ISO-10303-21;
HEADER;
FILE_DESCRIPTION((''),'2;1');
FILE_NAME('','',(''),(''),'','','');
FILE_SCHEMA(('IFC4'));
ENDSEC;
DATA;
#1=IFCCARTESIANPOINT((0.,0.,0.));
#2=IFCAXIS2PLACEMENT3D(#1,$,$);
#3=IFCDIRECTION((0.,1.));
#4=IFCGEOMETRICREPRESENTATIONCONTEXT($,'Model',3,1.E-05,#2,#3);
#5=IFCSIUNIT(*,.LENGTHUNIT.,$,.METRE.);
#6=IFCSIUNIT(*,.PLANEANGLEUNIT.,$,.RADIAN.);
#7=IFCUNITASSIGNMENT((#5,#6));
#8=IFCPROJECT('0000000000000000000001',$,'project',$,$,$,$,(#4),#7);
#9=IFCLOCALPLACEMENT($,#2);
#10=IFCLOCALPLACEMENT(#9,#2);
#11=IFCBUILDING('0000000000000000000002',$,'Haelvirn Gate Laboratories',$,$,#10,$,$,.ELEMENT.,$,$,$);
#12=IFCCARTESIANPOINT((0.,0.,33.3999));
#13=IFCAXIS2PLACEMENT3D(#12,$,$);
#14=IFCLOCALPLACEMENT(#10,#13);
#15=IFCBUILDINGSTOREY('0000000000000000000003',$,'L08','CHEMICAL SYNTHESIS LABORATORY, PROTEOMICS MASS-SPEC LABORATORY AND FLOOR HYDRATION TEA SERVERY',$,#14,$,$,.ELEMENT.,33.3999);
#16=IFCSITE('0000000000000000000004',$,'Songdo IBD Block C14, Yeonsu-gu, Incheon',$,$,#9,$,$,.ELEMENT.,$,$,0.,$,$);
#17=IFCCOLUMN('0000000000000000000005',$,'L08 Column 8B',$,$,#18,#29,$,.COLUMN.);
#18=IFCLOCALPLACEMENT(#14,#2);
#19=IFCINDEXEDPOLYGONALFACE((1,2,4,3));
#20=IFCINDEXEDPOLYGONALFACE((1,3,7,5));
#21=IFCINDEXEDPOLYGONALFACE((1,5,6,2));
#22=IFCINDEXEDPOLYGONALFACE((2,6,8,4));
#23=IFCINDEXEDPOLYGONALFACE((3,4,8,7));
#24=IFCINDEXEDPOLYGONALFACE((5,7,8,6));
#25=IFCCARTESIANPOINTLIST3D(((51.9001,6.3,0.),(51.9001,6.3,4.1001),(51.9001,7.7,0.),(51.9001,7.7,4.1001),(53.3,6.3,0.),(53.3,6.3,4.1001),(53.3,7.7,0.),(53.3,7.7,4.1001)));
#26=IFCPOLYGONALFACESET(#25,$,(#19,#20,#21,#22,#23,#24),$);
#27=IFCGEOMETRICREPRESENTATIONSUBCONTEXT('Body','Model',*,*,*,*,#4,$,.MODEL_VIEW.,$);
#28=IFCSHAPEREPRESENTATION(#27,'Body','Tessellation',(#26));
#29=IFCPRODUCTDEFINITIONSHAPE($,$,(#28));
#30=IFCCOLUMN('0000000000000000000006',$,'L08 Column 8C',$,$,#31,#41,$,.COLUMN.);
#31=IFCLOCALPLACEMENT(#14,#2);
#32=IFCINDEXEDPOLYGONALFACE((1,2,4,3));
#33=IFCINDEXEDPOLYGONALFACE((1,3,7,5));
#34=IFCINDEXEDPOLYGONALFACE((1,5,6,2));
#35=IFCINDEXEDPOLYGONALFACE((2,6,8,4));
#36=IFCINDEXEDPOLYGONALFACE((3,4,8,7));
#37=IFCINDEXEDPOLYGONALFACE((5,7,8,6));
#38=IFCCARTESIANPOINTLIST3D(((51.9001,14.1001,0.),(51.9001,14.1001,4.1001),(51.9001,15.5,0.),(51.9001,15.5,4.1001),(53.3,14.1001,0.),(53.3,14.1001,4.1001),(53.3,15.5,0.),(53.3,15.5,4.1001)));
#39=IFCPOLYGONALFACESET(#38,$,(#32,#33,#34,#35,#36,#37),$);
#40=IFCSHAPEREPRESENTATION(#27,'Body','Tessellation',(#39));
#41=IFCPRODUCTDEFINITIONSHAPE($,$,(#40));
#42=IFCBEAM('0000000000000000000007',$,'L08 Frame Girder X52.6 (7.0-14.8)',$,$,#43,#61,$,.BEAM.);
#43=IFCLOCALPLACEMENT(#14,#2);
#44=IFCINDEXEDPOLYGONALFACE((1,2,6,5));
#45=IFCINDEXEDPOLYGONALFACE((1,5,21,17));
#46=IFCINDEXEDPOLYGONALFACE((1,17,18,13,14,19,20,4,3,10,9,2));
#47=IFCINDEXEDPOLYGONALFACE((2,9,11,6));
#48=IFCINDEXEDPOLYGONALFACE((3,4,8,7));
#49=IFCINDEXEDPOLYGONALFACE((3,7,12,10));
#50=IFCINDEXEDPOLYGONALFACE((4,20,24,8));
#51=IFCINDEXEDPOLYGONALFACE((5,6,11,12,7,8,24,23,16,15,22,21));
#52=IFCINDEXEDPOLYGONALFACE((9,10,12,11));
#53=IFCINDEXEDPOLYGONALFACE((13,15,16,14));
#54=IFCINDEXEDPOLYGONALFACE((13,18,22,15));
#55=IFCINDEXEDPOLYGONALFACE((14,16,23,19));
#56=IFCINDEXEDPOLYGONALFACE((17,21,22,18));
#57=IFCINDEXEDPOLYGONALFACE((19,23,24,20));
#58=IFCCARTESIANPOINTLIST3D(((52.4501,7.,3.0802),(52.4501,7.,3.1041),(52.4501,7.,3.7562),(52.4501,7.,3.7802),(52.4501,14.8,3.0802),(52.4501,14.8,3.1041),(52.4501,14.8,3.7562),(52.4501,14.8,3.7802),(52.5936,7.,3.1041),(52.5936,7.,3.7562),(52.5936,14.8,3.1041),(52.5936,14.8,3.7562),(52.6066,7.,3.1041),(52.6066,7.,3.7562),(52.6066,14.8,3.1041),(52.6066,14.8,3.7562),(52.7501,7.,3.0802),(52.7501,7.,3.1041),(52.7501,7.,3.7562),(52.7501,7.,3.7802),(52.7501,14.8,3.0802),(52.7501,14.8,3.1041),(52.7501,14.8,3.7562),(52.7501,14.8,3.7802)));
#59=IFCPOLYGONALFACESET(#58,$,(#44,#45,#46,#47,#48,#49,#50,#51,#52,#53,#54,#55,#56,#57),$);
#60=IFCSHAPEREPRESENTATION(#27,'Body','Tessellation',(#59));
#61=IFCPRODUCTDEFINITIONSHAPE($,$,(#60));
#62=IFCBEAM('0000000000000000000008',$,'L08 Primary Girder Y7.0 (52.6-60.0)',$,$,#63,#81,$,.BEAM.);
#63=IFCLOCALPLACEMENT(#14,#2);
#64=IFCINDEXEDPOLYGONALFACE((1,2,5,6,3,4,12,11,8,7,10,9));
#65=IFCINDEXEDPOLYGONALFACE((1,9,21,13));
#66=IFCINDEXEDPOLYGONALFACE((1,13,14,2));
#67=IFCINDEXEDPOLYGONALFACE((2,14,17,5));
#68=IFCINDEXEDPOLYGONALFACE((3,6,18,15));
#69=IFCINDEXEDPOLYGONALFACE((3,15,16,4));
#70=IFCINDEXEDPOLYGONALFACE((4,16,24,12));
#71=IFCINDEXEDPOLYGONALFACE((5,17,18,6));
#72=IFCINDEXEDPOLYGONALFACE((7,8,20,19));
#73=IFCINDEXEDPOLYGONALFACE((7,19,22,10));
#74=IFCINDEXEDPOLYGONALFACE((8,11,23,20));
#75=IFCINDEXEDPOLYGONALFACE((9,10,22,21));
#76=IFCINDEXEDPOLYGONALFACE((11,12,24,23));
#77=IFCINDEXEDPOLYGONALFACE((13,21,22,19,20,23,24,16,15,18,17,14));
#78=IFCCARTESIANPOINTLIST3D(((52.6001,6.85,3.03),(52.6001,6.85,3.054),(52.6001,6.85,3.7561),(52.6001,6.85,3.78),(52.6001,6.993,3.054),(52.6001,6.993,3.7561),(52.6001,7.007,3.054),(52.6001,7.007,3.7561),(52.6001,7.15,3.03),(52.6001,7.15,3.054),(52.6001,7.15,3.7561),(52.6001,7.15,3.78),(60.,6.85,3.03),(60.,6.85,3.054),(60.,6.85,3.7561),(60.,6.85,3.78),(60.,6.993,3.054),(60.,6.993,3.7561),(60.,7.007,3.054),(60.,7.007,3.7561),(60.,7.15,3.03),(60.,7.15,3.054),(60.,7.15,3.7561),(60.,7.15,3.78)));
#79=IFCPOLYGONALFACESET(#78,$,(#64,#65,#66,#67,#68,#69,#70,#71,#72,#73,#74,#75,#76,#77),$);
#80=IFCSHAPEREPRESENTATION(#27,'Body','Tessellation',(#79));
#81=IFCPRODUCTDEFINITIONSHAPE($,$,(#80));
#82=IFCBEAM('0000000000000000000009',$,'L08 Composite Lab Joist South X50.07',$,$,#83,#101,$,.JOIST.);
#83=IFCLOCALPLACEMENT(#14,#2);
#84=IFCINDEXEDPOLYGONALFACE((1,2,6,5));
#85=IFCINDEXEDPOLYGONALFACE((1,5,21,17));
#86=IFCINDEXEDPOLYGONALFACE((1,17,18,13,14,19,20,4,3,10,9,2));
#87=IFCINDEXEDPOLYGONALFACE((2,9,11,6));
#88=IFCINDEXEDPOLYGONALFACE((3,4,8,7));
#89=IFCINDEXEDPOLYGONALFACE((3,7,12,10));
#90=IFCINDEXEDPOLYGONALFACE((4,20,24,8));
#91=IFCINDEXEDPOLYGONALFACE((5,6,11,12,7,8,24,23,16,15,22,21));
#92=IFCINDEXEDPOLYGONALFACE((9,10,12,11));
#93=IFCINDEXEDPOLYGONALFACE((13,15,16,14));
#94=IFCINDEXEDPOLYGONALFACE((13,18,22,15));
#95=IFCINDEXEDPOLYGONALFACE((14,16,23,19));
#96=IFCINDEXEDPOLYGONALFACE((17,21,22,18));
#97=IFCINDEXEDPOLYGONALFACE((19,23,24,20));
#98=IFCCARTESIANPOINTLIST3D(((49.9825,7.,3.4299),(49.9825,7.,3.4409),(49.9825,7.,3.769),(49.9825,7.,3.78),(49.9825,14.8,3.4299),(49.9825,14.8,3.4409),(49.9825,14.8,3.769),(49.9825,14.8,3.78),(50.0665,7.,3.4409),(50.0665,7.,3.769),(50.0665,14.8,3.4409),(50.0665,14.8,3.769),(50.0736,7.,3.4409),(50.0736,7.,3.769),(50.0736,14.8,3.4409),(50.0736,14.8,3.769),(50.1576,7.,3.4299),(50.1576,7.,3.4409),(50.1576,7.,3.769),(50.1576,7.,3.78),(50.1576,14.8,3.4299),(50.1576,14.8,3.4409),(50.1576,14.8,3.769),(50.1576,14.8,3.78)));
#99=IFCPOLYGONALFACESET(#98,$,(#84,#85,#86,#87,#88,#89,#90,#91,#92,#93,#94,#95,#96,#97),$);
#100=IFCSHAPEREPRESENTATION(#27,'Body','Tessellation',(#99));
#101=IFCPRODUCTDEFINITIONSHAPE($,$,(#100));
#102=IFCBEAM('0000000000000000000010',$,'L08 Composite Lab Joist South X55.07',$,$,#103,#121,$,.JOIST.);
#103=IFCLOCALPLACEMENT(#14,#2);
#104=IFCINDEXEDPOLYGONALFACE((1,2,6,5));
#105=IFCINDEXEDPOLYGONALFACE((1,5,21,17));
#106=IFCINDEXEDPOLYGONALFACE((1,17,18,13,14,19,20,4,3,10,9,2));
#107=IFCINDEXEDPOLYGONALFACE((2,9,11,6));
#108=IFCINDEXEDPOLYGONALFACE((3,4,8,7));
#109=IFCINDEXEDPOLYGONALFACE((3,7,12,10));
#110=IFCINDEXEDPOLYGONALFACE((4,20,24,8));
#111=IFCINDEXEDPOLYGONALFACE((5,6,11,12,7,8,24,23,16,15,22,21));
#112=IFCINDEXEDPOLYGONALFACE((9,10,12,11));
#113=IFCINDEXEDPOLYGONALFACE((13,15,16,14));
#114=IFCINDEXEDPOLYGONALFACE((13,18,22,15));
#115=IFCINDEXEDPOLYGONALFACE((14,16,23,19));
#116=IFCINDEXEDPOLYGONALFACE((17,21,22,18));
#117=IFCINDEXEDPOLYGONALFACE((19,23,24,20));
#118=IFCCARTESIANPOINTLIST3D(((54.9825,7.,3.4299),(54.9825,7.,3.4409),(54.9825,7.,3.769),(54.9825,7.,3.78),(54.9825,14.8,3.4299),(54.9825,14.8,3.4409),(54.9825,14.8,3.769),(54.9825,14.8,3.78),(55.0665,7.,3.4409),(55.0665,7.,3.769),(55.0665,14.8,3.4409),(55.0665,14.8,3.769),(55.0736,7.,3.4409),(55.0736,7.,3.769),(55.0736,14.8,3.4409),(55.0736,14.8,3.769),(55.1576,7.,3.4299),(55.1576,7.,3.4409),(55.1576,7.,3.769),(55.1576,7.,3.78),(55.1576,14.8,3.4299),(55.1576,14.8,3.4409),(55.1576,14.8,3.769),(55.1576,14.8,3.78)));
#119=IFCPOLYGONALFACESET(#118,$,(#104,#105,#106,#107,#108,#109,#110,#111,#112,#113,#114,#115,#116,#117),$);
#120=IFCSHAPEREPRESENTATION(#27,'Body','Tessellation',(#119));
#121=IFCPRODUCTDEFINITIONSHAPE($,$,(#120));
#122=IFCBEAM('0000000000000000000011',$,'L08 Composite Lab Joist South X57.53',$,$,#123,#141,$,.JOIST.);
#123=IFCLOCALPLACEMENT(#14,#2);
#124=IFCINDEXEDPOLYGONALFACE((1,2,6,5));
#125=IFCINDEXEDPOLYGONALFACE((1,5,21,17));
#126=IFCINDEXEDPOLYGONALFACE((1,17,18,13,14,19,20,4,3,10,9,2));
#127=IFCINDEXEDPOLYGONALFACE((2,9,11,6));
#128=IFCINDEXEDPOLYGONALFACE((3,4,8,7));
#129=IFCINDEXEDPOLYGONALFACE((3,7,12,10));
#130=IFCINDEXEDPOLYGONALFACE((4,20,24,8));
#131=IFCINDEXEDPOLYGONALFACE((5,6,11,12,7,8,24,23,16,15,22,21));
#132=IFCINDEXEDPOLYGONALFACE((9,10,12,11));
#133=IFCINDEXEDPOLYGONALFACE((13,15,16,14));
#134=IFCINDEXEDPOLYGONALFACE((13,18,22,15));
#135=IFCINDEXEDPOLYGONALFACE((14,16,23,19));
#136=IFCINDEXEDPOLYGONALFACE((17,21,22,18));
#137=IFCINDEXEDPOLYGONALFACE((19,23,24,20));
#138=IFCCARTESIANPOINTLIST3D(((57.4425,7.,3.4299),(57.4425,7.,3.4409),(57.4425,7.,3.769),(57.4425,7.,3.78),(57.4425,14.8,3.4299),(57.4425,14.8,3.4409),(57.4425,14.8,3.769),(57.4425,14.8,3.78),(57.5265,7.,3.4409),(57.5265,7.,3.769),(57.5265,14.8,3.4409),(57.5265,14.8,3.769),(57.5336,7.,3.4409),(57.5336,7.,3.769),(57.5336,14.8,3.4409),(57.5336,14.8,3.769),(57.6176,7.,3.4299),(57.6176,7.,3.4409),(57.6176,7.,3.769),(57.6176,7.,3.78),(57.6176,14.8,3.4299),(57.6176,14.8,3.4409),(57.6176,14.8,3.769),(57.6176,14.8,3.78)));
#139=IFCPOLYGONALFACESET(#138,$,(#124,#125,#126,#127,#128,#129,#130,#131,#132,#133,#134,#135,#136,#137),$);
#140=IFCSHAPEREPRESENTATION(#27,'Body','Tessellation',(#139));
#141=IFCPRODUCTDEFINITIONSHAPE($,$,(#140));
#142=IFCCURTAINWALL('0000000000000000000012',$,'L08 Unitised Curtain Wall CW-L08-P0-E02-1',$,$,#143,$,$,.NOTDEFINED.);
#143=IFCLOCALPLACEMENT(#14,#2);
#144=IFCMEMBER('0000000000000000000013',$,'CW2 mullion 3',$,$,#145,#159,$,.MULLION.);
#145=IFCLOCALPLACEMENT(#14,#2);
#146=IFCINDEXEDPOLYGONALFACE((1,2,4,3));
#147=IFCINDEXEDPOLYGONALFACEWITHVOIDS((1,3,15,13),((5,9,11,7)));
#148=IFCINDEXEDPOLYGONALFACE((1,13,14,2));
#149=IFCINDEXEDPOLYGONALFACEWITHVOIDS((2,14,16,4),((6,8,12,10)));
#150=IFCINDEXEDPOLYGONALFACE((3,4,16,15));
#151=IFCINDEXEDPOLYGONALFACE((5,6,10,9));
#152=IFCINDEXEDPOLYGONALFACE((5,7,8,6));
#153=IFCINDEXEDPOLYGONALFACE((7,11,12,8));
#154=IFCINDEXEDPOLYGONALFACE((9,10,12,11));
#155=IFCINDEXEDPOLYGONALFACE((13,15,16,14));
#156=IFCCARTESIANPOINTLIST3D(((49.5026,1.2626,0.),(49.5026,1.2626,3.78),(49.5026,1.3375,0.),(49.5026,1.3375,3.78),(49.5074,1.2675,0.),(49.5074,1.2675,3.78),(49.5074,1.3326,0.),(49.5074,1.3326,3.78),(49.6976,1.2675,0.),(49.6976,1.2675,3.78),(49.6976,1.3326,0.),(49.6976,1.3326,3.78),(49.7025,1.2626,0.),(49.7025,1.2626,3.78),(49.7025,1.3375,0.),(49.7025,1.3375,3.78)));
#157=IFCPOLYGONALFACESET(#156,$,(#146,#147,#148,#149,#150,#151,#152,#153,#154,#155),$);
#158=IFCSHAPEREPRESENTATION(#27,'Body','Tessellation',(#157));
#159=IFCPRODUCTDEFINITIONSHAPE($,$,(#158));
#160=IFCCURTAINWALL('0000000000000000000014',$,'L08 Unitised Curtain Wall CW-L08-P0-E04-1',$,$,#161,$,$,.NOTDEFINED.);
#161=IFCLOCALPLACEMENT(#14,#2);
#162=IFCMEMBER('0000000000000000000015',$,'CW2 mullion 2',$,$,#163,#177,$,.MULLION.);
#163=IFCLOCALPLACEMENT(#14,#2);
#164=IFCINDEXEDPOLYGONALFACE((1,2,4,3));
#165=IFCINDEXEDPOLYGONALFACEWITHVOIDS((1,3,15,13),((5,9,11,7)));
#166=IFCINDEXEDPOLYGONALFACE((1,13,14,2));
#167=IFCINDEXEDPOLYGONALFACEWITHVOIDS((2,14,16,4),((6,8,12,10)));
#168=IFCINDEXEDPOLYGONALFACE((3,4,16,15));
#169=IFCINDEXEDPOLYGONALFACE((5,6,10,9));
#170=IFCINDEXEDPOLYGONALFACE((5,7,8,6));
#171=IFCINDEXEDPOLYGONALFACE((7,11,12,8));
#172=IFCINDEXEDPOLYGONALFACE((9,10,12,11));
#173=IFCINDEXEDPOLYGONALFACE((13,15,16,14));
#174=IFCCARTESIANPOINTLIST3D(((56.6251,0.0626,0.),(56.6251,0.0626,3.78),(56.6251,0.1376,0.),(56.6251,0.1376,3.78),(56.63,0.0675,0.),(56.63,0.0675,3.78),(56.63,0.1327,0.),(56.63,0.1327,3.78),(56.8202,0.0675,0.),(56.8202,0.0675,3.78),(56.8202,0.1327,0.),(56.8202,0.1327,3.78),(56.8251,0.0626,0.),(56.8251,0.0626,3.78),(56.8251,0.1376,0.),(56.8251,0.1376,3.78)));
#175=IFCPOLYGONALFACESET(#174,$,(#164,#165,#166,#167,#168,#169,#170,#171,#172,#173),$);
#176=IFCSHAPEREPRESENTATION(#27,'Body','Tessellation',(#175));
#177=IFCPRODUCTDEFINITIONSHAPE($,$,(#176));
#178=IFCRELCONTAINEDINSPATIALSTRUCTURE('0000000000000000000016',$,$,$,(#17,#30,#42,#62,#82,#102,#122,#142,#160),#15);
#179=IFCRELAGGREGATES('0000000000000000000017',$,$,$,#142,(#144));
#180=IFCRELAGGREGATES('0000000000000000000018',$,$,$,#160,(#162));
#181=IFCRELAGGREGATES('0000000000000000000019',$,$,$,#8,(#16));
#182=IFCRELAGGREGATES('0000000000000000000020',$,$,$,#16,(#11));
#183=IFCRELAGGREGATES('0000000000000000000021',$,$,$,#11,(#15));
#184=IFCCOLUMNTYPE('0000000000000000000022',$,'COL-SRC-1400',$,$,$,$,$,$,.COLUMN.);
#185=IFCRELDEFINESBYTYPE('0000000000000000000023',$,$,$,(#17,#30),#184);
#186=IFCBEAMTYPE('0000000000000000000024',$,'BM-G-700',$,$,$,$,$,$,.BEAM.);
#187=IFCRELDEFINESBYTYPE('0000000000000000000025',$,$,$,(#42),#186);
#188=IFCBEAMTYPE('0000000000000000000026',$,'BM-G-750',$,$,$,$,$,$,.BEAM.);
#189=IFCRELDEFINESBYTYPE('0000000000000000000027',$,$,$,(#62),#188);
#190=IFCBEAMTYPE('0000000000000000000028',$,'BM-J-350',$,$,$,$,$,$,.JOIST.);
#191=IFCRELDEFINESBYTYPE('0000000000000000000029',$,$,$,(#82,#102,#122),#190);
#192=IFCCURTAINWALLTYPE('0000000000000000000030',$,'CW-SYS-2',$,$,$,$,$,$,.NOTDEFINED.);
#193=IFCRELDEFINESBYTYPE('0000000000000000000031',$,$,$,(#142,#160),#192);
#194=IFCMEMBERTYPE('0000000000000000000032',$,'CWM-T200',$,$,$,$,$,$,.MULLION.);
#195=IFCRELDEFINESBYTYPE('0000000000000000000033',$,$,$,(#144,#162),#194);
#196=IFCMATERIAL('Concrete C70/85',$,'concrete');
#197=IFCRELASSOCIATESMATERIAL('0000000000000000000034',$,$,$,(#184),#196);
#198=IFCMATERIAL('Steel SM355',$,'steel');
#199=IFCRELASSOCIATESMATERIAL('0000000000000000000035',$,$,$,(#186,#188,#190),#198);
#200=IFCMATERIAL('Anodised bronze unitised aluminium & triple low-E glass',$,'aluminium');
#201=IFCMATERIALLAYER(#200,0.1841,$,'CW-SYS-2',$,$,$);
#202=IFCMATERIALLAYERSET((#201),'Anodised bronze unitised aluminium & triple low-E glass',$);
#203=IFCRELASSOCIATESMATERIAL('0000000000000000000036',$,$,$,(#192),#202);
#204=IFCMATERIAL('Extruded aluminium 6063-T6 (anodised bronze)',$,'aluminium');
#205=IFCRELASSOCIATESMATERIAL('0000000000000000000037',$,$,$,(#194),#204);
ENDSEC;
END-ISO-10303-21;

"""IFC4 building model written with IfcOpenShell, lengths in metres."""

from ifc_helpers import new_model, si_unit, direction, frame, origin, origin_2d, place, context, subcontext, project, spatial, rectangle, hollow_rectangle, i_section, extrude, source, transform, mapped, material, layer, layer_set, material_profile, profile_set, type_object, type_shapes, element, aggregate, save


model = new_model("IFC4")

# Units and contexts
model_context = context("Model", 3, precision=1e-05, world=origin(), true_north=direction((0.0, 1.0)))
body_context = subcontext(model_context, "Body", "Model", "MODEL_VIEW")
ifc_project = project(units=[si_unit("LENGTHUNIT", "METRE"), si_unit("PLANEANGLEUNIT", "RADIAN")], contexts=[model_context])

# Site, building, storey
site_placement = place(None, origin())
site = spatial("IfcSite", under=ifc_project, at=site_placement, Name="Songdo IBD Block C14, Yeonsu-gu, Incheon", CompositionType="ELEMENT", RefElevation=0.0)
building_placement = place(site_placement, origin())
building = spatial("IfcBuilding", under=site, at=building_placement, Name="Haelvirn Gate Laboratories", CompositionType="ELEMENT")
storey_placement = place(building_placement, frame((0.0, 0.0, 33.3999)))
storey = spatial("IfcBuildingStorey", under=building, at=storey_placement, Name="L08", Description="CHEMICAL SYNTHESIS LABORATORY, PROTEOMICS MASS-SPEC LABORATORY AND FLOOR HYDRATION TEA SERVERY", CompositionType="ELEMENT", Elevation=33.3999)

# Columns
ifc_material_1 = material(Name="Concrete C70/85", Category="concrete")
ifc_material_profile_1 = material_profile(ifc_material_1, rectangle(XDim=1.3999, YDim=1.3999, at=origin_2d()), Name="SRC-1400x1400")
ifc_profile_set_1 = profile_set([ifc_material_profile_1], Name="Concrete C70/85")
column_type = type_object("IfcColumnType", Name="COL-SRC-1400", PredefinedType="COLUMN", material=ifc_profile_set_1)
shared_shape_1 = source(origin(), body_context, "Body", "SweptSolid", [
    extrude(rectangle(XDim=1.3999, YDim=1.3999, at=origin_2d()), origin(), (0.0, 0.0, 1.0), 4.1001),
])
type_shapes(column_type, [shared_shape_1])
for number, where, z_axis, x_axis, name in (
    (1, (52.6001, 7.0, 0.0), (0.0, 0.0, 1.0), (1.0, 0.0, 0.0), "L08 Column 8B"),
    (2, (52.6001, 14.8, 0.0), (0.0, 0.0, 1.0), (1.0, 0.0, 0.0), "L08 Column 8C"),
):
    element("IfcColumn", number, at=place(storey_placement, frame(where, z_axis=z_axis, x_axis=x_axis)), inside=storey, type_object=column_type, Name=name, PredefinedType="COLUMN", context=body_context, shape_type="MappedRepresentation", body=[
        mapped(shared_shape_1, transform((0.0, 0.0, 0.0), scale=1.0)),
    ])

# Beams
ifc_material_2 = material(Name="Steel SM355", Category="steel")
ifc_material_profile_2 = material_profile(ifc_material_2, i_section(OverallWidth=0.3, OverallDepth=0.7, WebThickness=0.0129, FlangeThickness=0.0239, at=origin_2d()), Name="H-700x300x13x24")
ifc_profile_set_2 = profile_set([ifc_material_profile_2], Name="Steel SM355")
beam_type_1 = type_object("IfcBeamType", Name="BM-G-700", PredefinedType="BEAM", material=ifc_profile_set_2)
shared_shape_2 = source(origin(), body_context, "Body", "SweptSolid", [
    extrude(i_section(OverallWidth=0.3, OverallDepth=0.7, WebThickness=0.0129, FlangeThickness=0.0239, at=origin_2d()), origin(), (0.0, 0.0, 1.0), 7.8),
])
type_shapes(beam_type_1, [shared_shape_2])
beam_1_placement = place(storey_placement, frame((52.6001, 7.0, 3.4302), z_axis=(0.0, 1.0, 0.0), x_axis=(-1.0, 0.0, 0.0)))
element("IfcBeam", 3, at=beam_1_placement, inside=storey, type_object=beam_type_1, Name="L08 Frame Girder X52.6 (7.0-14.8)", PredefinedType="BEAM", context=body_context, shape_type="MappedRepresentation", body=[
    mapped(shared_shape_2, transform((0.0, 0.0, 0.0), scale=1.0)),
])
ifc_material_profile_3 = material_profile(ifc_material_2, i_section(OverallWidth=0.3, OverallDepth=0.75, WebThickness=0.0139, FlangeThickness=0.0239, at=origin_2d()), Name="H-750x300x14x24")
ifc_profile_set_3 = profile_set([ifc_material_profile_3], Name="Steel SM355")
beam_type_2 = type_object("IfcBeamType", Name="BM-G-750", PredefinedType="BEAM", material=ifc_profile_set_3)
shared_shape_3 = source(origin(), body_context, "Body", "SweptSolid", [
    extrude(i_section(OverallWidth=0.3, OverallDepth=0.75, WebThickness=0.0139, FlangeThickness=0.0239, at=origin_2d()), origin(), (0.0, 0.0, 1.0), 7.3999),
])
type_shapes(beam_type_2, [shared_shape_3])
beam_2_placement = place(storey_placement, frame((52.6001, 7.0, 3.405), z_axis=(1.0, 0.0, 0.0), x_axis=(0.0, 1.0, 0.0)))
element("IfcBeam", 4, at=beam_2_placement, inside=storey, type_object=beam_type_2, Name="L08 Primary Girder Y7.0 (52.6-60.0)", PredefinedType="BEAM", context=body_context, shape_type="MappedRepresentation", body=[
    mapped(shared_shape_3, transform((0.0, 0.0, 0.0), scale=1.0)),
])
ifc_material_profile_4 = material_profile(ifc_material_2, i_section(OverallWidth=0.175, OverallDepth=0.3501, WebThickness=0.0071, FlangeThickness=0.011, at=origin_2d()), Name="H-350x175x7x11")
ifc_profile_set_4 = profile_set([ifc_material_profile_4], Name="Steel SM355")
beam_type_3 = type_object("IfcBeamType", Name="BM-J-350", PredefinedType="JOIST", material=ifc_profile_set_4)
shared_shape_4 = source(origin(), body_context, "Body", "SweptSolid", [
    extrude(i_section(OverallWidth=0.175, OverallDepth=0.3501, WebThickness=0.0071, FlangeThickness=0.011, at=origin_2d()), origin(), (0.0, 0.0, 1.0), 7.8),
])
type_shapes(beam_type_3, [shared_shape_4])
for number, where, z_axis, x_axis, name in (
    (5, (50.0701, 7.0, 3.605), (0.0, 1.0, 0.0), (-1.0, 0.0, 0.0), "L08 Composite Lab Joist South X50.07"),
    (6, (55.0701, 7.0, 3.605), (0.0, 1.0, 0.0), (-1.0, 0.0, 0.0), "L08 Composite Lab Joist South X55.07"),
    (7, (57.53, 7.0, 3.605), (0.0, 1.0, 0.0), (-1.0, 0.0, 0.0), "L08 Composite Lab Joist South X57.53"),
):
    element("IfcBeam", number, at=place(storey_placement, frame(where, z_axis=z_axis, x_axis=x_axis)), inside=storey, type_object=beam_type_3, Name=name, PredefinedType="JOIST", context=body_context, shape_type="MappedRepresentation", body=[
        mapped(shared_shape_4, transform((0.0, 0.0, 0.0), scale=1.0)),
    ])

# Curtain wall, member
ifc_material_3 = material(Name="Anodised bronze unitised aluminium & triple low-E glass", Category="aluminium")
ifc_layer_1 = layer(ifc_material_3, 0.1841, Name="CW-SYS-2")
ifc_layer_set_1 = layer_set([ifc_layer_1], Name="Anodised bronze unitised aluminium & triple low-E glass")
curtain_wall_type = type_object("IfcCurtainWallType", Name="CW-SYS-2", PredefinedType="NOTDEFINED", material=ifc_layer_set_1)
curtain_wall_1_placement = place(storey_placement, origin())
curtain_wall_1 = element("IfcCurtainWall", 8, at=curtain_wall_1_placement, inside=storey, type_object=curtain_wall_type, Name="L08 Unitised Curtain Wall CW-L08-P0-E02-1", PredefinedType="NOTDEFINED")
ifc_material_4 = material(Name="Extruded aluminium 6063-T6 (anodised bronze)", Category="aluminium")
ifc_material_profile_5 = material_profile(ifc_material_4, hollow_rectangle(XDim=0.075, YDim=0.2, WallThickness=0.0049, at=origin_2d()), Name="CWM-200x75x5")
ifc_profile_set_5 = profile_set([ifc_material_profile_5], Name="Extruded aluminium 6063-T6 (anodised bronze)")
member_type_1 = type_object("IfcMemberType", Name="CWM-T200", PredefinedType="MULLION", material=ifc_profile_set_5)
shared_shape_5 = source(origin(), body_context, "Body", "SweptSolid", [
    extrude(hollow_rectangle(XDim=0.075, YDim=0.2, WallThickness=0.0049, at=origin_2d()), origin(), (0.0, 0.0, 1.0), 3.78),
])
type_shapes(member_type_1, [shared_shape_5])
member_1_placement = place(storey_placement, frame((49.6025, 1.3, 0.0), z_axis=(0.0, 0.0, 1.0), x_axis=(0.0, 1.0, 0.0)))
member_1 = element("IfcMember", 9, at=member_1_placement, type_object=member_type_1, Name="CW2 mullion 3", PredefinedType="MULLION", context=body_context, shape_type="MappedRepresentation", body=[
    mapped(shared_shape_5, transform((0.0, 0.0, 0.0), scale=1.0)),
])
aggregate(curtain_wall_1, [member_1])

# Curtain wall, member
curtain_wall_2_placement = place(storey_placement, origin())
curtain_wall_2 = element("IfcCurtainWall", 10, at=curtain_wall_2_placement, inside=storey, type_object=curtain_wall_type, Name="L08 Unitised Curtain Wall CW-L08-P0-E04-1", PredefinedType="NOTDEFINED")
member_2_placement = place(storey_placement, frame((56.7251, 0.1001, 0.0), z_axis=(0.0, 0.0, 1.0), x_axis=(0.0, 1.0, 0.0)))
member_2 = element("IfcMember", 11, at=member_2_placement, type_object=member_type_1, Name="CW2 mullion 2", PredefinedType="MULLION", context=body_context, shape_type="MappedRepresentation", body=[
    mapped(shared_shape_5, transform((0.0, 0.0, 0.0), scale=1.0)),
])
aggregate(curtain_wall_2, [member_2])

save(model, "model.ifc")
